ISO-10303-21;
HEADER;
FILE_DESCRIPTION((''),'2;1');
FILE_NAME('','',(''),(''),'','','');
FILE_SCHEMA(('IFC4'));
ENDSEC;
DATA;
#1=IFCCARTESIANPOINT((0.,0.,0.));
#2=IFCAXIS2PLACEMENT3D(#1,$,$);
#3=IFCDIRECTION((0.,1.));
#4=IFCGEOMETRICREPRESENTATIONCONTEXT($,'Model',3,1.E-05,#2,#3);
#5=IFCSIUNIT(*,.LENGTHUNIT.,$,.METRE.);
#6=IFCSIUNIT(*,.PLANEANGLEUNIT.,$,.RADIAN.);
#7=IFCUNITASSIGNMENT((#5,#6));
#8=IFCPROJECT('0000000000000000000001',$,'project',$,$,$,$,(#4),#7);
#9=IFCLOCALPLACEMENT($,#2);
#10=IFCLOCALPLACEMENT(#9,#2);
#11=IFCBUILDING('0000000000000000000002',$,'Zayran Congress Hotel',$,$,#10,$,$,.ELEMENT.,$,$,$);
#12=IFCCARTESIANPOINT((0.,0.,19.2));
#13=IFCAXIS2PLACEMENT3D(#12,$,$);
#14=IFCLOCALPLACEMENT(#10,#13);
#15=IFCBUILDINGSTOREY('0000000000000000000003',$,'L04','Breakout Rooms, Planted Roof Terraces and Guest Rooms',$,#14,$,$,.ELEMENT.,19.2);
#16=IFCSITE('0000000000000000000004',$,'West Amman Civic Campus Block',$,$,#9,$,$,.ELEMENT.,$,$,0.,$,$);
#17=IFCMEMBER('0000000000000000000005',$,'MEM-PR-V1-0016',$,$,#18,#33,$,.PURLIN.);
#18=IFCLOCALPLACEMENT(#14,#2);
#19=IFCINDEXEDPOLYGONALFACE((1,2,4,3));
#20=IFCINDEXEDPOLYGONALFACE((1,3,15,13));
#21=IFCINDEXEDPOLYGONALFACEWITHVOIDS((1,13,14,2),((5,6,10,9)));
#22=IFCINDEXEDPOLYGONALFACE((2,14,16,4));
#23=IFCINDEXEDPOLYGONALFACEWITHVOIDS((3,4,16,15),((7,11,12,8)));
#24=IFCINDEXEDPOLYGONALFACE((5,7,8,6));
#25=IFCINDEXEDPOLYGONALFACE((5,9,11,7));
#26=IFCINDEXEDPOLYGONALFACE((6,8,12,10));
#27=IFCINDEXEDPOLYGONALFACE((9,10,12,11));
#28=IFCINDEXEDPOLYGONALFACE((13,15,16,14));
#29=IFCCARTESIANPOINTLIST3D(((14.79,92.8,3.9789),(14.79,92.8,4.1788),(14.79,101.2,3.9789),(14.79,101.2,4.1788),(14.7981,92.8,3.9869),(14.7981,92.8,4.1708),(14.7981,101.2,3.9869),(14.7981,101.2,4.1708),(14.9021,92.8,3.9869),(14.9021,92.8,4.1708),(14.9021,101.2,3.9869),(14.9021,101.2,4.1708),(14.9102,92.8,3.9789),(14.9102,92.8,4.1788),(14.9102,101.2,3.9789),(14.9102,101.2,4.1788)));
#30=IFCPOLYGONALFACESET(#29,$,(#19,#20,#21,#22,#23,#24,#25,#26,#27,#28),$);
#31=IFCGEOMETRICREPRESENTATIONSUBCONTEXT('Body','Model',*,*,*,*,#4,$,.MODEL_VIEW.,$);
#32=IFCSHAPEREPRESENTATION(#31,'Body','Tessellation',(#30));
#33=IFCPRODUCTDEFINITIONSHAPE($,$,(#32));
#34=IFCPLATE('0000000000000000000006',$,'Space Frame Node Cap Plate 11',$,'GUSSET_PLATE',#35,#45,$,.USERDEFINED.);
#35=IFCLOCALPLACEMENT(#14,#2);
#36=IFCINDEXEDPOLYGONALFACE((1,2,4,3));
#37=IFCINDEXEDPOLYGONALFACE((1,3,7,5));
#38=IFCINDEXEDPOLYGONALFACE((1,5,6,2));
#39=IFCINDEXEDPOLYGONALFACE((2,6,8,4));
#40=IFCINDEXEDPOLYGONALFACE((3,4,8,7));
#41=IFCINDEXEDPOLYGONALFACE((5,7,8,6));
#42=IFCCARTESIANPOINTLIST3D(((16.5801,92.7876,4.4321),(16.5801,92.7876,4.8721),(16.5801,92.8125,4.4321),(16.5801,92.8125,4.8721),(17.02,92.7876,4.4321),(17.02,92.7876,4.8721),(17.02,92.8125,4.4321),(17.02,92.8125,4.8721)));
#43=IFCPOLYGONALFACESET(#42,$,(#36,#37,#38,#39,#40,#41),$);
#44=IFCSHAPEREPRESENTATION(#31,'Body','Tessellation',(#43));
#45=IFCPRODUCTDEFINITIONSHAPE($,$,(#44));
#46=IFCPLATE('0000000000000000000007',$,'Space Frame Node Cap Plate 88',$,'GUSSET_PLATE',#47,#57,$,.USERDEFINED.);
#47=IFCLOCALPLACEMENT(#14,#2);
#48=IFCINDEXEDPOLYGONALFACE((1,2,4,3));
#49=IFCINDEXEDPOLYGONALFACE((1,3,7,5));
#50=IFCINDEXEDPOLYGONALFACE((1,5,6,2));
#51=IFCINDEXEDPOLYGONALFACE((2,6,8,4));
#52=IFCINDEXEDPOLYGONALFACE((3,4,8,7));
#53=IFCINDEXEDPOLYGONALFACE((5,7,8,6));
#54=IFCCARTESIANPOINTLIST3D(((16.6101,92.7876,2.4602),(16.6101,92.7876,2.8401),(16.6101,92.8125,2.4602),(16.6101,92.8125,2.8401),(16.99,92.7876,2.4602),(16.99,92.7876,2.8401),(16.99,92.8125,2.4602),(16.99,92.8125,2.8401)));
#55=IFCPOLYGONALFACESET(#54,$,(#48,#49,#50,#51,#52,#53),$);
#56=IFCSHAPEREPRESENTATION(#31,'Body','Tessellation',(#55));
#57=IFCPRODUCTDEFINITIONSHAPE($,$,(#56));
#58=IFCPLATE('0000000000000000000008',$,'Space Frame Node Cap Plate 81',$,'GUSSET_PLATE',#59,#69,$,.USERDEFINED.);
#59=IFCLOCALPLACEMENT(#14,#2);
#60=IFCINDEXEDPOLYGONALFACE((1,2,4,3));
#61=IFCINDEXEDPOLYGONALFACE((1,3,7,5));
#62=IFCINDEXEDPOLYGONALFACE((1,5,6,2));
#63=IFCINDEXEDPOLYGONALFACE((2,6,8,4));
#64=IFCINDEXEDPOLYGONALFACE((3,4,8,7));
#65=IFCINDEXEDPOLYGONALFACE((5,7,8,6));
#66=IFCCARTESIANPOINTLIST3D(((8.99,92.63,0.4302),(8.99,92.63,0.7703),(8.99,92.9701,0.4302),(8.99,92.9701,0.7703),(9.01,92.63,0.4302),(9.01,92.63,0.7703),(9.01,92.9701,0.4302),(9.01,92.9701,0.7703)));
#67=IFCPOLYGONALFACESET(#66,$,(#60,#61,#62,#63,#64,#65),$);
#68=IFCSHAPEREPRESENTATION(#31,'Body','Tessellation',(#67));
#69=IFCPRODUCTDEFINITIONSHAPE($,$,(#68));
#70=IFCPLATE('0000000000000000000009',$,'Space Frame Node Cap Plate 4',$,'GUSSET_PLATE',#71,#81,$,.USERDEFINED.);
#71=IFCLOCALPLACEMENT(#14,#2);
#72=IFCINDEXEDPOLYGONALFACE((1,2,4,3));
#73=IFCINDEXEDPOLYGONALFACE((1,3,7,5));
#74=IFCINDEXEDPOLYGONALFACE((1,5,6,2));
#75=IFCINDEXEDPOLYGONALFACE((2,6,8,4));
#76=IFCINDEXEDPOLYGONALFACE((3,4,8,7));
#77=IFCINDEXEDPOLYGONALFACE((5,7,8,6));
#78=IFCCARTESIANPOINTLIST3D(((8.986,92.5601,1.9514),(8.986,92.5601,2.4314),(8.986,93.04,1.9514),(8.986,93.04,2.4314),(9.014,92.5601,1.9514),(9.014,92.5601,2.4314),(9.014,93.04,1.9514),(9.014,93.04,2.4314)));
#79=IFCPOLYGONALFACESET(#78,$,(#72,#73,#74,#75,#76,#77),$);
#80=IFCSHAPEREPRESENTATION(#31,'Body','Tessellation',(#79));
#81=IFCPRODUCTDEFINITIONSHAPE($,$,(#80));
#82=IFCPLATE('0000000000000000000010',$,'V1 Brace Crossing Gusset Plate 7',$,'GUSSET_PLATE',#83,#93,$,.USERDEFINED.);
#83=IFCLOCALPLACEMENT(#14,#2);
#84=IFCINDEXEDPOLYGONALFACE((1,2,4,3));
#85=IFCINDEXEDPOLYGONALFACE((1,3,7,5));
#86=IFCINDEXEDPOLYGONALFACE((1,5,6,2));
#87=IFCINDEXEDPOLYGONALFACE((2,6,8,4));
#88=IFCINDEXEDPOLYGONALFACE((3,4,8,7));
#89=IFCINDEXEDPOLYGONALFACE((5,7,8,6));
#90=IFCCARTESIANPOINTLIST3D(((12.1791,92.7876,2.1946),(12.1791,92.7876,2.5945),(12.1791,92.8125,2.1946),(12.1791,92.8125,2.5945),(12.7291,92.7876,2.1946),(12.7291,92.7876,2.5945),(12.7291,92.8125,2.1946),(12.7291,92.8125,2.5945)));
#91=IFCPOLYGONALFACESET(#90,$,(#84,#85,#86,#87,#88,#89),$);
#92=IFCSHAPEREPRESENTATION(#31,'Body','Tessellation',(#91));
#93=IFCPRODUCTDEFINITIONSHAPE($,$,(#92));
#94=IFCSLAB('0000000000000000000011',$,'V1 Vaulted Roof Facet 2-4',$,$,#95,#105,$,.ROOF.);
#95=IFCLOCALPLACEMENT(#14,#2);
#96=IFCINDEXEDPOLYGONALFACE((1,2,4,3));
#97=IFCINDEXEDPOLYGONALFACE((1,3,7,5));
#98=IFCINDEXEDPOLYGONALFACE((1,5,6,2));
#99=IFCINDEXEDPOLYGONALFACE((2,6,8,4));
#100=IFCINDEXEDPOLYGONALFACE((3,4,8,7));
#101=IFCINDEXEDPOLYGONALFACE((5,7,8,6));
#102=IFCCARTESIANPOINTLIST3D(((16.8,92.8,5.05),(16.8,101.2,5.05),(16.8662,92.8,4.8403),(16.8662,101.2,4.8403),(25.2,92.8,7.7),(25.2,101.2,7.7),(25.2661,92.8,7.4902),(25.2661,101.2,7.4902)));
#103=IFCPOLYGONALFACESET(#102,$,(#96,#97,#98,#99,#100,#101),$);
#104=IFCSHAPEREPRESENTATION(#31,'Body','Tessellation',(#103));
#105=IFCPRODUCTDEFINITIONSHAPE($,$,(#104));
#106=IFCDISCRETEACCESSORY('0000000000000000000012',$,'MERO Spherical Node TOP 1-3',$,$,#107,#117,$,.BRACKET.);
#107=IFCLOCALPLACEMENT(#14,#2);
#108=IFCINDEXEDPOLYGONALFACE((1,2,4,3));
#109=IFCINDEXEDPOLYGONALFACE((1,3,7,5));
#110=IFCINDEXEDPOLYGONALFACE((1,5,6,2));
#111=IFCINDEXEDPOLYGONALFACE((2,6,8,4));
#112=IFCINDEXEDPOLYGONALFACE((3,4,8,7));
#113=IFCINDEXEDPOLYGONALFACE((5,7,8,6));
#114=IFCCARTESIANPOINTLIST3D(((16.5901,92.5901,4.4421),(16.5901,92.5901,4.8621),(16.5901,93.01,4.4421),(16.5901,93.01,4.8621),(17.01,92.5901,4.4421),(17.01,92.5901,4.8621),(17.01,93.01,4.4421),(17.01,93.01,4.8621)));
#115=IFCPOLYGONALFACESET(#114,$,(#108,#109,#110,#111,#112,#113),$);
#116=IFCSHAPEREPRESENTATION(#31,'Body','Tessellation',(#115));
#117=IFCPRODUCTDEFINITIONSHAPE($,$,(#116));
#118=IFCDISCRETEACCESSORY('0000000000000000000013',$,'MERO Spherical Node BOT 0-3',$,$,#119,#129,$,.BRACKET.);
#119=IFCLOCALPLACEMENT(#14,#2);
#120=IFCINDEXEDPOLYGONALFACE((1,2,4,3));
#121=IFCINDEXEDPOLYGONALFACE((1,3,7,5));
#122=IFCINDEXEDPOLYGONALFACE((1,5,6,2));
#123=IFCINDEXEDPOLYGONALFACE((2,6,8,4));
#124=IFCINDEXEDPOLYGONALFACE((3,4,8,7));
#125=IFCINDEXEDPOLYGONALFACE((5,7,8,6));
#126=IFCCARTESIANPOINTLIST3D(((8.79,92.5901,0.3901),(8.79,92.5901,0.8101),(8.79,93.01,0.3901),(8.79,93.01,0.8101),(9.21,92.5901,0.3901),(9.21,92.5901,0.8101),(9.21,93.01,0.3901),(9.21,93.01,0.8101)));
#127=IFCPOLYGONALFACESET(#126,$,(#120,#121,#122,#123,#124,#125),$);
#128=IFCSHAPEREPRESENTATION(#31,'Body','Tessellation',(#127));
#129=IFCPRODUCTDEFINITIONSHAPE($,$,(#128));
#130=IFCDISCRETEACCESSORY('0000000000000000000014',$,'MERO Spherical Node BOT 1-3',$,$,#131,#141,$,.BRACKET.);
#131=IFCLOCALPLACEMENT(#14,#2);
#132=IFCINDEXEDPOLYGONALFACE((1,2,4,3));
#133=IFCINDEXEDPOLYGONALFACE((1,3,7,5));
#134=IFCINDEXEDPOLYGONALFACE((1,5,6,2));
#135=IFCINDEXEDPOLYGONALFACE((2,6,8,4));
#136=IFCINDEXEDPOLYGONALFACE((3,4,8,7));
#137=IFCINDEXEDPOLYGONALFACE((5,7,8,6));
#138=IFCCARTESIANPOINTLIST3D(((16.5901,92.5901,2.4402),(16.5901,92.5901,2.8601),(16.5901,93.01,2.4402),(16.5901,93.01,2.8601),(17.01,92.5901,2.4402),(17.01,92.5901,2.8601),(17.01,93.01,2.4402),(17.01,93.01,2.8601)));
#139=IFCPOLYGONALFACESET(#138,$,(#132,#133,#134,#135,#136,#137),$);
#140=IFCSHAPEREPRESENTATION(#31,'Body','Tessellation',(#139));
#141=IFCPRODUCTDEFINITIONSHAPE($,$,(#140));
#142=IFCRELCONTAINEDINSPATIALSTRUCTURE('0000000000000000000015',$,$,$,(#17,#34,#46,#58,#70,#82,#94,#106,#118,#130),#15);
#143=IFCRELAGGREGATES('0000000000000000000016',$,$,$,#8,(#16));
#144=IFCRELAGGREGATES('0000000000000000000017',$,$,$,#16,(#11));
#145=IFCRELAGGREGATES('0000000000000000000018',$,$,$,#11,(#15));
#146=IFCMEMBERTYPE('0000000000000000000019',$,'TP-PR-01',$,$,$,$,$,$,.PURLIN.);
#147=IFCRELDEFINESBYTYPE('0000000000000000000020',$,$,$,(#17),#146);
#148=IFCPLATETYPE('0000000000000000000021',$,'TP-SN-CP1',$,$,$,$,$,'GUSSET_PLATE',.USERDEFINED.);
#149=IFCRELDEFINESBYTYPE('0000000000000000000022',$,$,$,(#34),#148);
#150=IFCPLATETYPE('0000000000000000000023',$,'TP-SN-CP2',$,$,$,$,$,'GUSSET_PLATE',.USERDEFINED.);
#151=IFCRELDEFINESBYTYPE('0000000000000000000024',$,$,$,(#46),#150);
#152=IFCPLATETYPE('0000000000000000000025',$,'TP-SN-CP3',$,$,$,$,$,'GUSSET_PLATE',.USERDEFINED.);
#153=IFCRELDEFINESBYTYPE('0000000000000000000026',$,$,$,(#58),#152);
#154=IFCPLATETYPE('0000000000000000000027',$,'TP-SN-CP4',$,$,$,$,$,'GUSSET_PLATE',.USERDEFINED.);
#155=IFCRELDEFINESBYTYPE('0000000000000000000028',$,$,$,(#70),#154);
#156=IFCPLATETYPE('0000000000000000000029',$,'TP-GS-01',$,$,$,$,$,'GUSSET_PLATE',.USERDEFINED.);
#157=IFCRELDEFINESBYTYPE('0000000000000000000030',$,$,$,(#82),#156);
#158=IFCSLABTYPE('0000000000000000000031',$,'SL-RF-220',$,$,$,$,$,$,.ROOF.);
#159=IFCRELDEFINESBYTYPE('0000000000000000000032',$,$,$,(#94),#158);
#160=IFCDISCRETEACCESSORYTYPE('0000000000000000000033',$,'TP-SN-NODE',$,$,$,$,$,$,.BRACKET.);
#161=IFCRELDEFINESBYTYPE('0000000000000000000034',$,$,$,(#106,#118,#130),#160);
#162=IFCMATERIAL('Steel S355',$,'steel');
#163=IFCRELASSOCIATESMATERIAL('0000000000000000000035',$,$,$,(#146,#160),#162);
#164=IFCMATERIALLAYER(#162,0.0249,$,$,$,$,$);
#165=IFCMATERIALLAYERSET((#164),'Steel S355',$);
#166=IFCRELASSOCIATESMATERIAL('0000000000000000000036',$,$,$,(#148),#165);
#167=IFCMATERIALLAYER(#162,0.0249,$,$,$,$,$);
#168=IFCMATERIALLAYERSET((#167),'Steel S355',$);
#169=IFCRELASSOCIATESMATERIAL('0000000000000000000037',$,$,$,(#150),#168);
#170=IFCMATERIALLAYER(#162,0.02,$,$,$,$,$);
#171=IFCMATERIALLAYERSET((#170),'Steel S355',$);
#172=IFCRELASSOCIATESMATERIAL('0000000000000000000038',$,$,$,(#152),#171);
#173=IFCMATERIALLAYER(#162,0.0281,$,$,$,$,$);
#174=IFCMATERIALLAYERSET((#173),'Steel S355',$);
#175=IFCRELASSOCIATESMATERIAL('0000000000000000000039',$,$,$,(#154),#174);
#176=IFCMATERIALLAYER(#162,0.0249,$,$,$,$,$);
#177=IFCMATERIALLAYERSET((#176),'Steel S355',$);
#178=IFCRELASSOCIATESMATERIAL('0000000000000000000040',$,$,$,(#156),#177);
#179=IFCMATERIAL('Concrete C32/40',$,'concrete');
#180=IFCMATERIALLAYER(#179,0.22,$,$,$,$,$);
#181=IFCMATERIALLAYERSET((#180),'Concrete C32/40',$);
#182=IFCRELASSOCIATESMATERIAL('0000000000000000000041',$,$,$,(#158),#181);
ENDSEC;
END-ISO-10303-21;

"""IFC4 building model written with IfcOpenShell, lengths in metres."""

from ifc_helpers import new_model, si_unit, direction, frame, origin, origin_2d, place, context, subcontext, project, spatial, polyline, rectangle, hollow_rectangle, outline, extrude, material, layer, layer_set, material_profile, profile_set, type_object, element, save


model = new_model("IFC4")

# Units and contexts
model_context = context("Model", 3, precision=1e-05, world=origin(), true_north=direction((0.0, 1.0)))
body_context = subcontext(model_context, "Body", "Model", "MODEL_VIEW")
ifc_project = project(units=[si_unit("LENGTHUNIT", "METRE"), si_unit("PLANEANGLEUNIT", "RADIAN")], contexts=[model_context])

# Site, building, storey
site_placement = place(None, origin())
site = spatial("IfcSite", under=ifc_project, at=site_placement, Name="West Amman Civic Campus Block", CompositionType="ELEMENT", RefElevation=0.0)
building_placement = place(site_placement, origin())
building = spatial("IfcBuilding", under=site, at=building_placement, Name="Zayran Congress Hotel", CompositionType="ELEMENT")
storey_placement = place(building_placement, frame((0.0, 0.0, 19.2)))
storey = spatial("IfcBuildingStorey", under=building, at=storey_placement, Name="L04", Description="Breakout Rooms, Planted Roof Terraces and Guest Rooms", CompositionType="ELEMENT", Elevation=19.2)

# Member
ifc_material_1 = material(Name="Steel S355", Category="steel")
ifc_material_profile_1 = material_profile(ifc_material_1, hollow_rectangle(XDim=0.1201, YDim=0.2, WallThickness=0.0081, at=origin_2d()), Name="RHS 200x120x8")
ifc_profile_set_1 = profile_set([ifc_material_profile_1], Name="Steel S355")
member_type_1 = type_object("IfcMemberType", Name="TP-PR-01", PredefinedType="PURLIN", material=ifc_profile_set_1)
for number, where, z_axis, x_axis, name in (
    (1, (14.8501, 92.8, 4.0789), (0.0, 1.0, 0.0), (-1.0, 0.0, 0.0), "MEM-PR-V1-0016"),
):
    element("IfcMember", number, at=place(storey_placement, frame(where, z_axis=z_axis, x_axis=x_axis)), inside=storey, type_object=member_type_1, Name=name, PredefinedType="PURLIN", context=body_context, shape_type="SweptSolid", body=[
        extrude(hollow_rectangle(XDim=0.1201, YDim=0.2, WallThickness=0.0081, at=origin_2d()), origin(), (0.0, 0.0, 1.0), 8.3999),
    ])

# Plates
ifc_layer_1 = layer(ifc_material_1, 0.0249)
ifc_layer_set_1 = layer_set([ifc_layer_1], Name="Steel S355")
plate_type_1 = type_object("IfcPlateType", Name="TP-SN-CP1", ElementType="GUSSET_PLATE", PredefinedType="USERDEFINED", material=ifc_layer_set_1)
plate_1_placement = place(storey_placement, frame((16.8, 92.8, 4.4321), z_axis=(0.0, 0.0, 1.0), x_axis=(1.0, 0.0, 0.0)))
element("IfcPlate", 2, at=plate_1_placement, inside=storey, type_object=plate_type_1, Name="Space Frame Node Cap Plate 11", ObjectType="GUSSET_PLATE", PredefinedType="USERDEFINED", context=body_context, shape_type="SweptSolid", body=[
    extrude(rectangle(XDim=0.4399, YDim=0.0249, at=origin_2d()), origin(), (0.0, 0.0, 1.0), 0.4399),
])
ifc_layer_2 = layer(ifc_material_1, 0.0249)
ifc_layer_set_2 = layer_set([ifc_layer_2], Name="Steel S355")
plate_type_2 = type_object("IfcPlateType", Name="TP-SN-CP2", ElementType="GUSSET_PLATE", PredefinedType="USERDEFINED", material=ifc_layer_set_2)
plate_2_placement = place(storey_placement, frame((16.8, 92.8, 2.4602), z_axis=(0.0, 0.0, 1.0), x_axis=(1.0, 0.0, 0.0)))
element("IfcPlate", 3, at=plate_2_placement, inside=storey, type_object=plate_type_2, Name="Space Frame Node Cap Plate 88", ObjectType="GUSSET_PLATE", PredefinedType="USERDEFINED", context=body_context, shape_type="SweptSolid", body=[
    extrude(rectangle(XDim=0.3799, YDim=0.0249, at=origin_2d()), origin(), (0.0, 0.0, 1.0), 0.3799),
])
ifc_layer_3 = layer(ifc_material_1, 0.02)
ifc_layer_set_3 = layer_set([ifc_layer_3], Name="Steel S355")
plate_type_3 = type_object("IfcPlateType", Name="TP-SN-CP3", ElementType="GUSSET_PLATE", PredefinedType="USERDEFINED", material=ifc_layer_set_3)
plate_3_placement = place(storey_placement, frame((9.0, 92.8, 0.4302), z_axis=(0.0, 0.0, 1.0), x_axis=(0.0, 1.0, 0.0)))
element("IfcPlate", 4, at=plate_3_placement, inside=storey, type_object=plate_type_3, Name="Space Frame Node Cap Plate 81", ObjectType="GUSSET_PLATE", PredefinedType="USERDEFINED", context=body_context, shape_type="SweptSolid", body=[
    extrude(rectangle(XDim=0.3401, YDim=0.02, at=origin_2d()), origin(), (0.0, 0.0, 1.0), 0.3401),
])
ifc_layer_4 = layer(ifc_material_1, 0.0281)
ifc_layer_set_4 = layer_set([ifc_layer_4], Name="Steel S355")
plate_type_4 = type_object("IfcPlateType", Name="TP-SN-CP4", ElementType="GUSSET_PLATE", PredefinedType="USERDEFINED", material=ifc_layer_set_4)
plate_4_placement = place(storey_placement, frame((9.0, 92.8, 1.9514), z_axis=(0.0, 0.0, 1.0), x_axis=(0.0, 1.0, 0.0)))
element("IfcPlate", 5, at=plate_4_placement, inside=storey, type_object=plate_type_4, Name="Space Frame Node Cap Plate 4", ObjectType="GUSSET_PLATE", PredefinedType="USERDEFINED", context=body_context, shape_type="SweptSolid", body=[
    extrude(rectangle(XDim=0.48, YDim=0.0281, at=origin_2d()), origin(), (0.0, 0.0, 1.0), 0.48),
])
ifc_layer_5 = layer(ifc_material_1, 0.0249)
ifc_layer_set_5 = layer_set([ifc_layer_5], Name="Steel S355")
plate_type_5 = type_object("IfcPlateType", Name="TP-GS-01", ElementType="GUSSET_PLATE", PredefinedType="USERDEFINED", material=ifc_layer_set_5)
plate_5_placement = place(storey_placement, frame((12.4541, 92.8, 2.1946), z_axis=(0.0, 0.0, 1.0), x_axis=(1.0, 0.0, 0.0)))
element("IfcPlate", 6, at=plate_5_placement, inside=storey, type_object=plate_type_5, Name="V1 Brace Crossing Gusset Plate 7", ObjectType="GUSSET_PLATE", PredefinedType="USERDEFINED", context=body_context, shape_type="SweptSolid", body=[
    extrude(rectangle(XDim=0.55, YDim=0.0249, at=origin_2d()), origin(), (0.0, 0.0, 1.0), 0.3999),
])

# Slab
ifc_material_2 = material(Name="Concrete C32/40", Category="concrete")
ifc_layer_6 = layer(ifc_material_2, 0.22)
ifc_layer_set_6 = layer_set([ifc_layer_6], Name="Concrete C32/40")
slab_type = type_object("IfcSlabType", Name="SL-RF-220", PredefinedType="ROOF", material=ifc_layer_set_6)
slab_placement = place(storey_placement, frame((16.8, 92.8, 5.05), z_axis=(-0.300853, 0.0, 0.953671), x_axis=(0.953671, 0.0, 0.300853)))
element("IfcSlab", 7, at=slab_placement, inside=storey, type_object=slab_type, Name="V1 Vaulted Roof Facet 2-4", PredefinedType="ROOF", context=body_context, shape_type="SweptSolid", body=[
    extrude(outline(polyline([(0.0, 0.0), (8.808, 0.0), (8.808, 8.3999), (0.0, 8.3999), (0.0, 0.0)])), origin(), (0.0, 0.0, -1.0), 0.22),
])

# Discrete accessories
discrete_accessory_type = type_object("IfcDiscreteAccessoryType", Name="TP-SN-NODE", PredefinedType="BRACKET", material=ifc_material_1)
for number, where, z_axis, x_axis, name in (
    (8, (16.8, 92.8, 4.4421), (0.0, 0.0, 1.0), (1.0, 0.0, 0.0), "MERO Spherical Node TOP 1-3"),
    (9, (9.0, 92.8, 0.3901), (0.0, 0.0, 1.0), (1.0, 0.0, 0.0), "MERO Spherical Node BOT 0-3"),
    (10, (16.8, 92.8, 2.4402), (0.0, 0.0, 1.0), (1.0, 0.0, 0.0), "MERO Spherical Node BOT 1-3"),
):
    element("IfcDiscreteAccessory", number, at=place(storey_placement, frame(where, z_axis=z_axis, x_axis=x_axis)), inside=storey, type_object=discrete_accessory_type, Name=name, PredefinedType="BRACKET", context=body_context, shape_type="SweptSolid", body=[
        extrude(rectangle(XDim=0.4199, YDim=0.4199, at=origin_2d()), origin(), (0.0, 0.0, 1.0), 0.4199),
    ])

save(model, "model.ifc")
